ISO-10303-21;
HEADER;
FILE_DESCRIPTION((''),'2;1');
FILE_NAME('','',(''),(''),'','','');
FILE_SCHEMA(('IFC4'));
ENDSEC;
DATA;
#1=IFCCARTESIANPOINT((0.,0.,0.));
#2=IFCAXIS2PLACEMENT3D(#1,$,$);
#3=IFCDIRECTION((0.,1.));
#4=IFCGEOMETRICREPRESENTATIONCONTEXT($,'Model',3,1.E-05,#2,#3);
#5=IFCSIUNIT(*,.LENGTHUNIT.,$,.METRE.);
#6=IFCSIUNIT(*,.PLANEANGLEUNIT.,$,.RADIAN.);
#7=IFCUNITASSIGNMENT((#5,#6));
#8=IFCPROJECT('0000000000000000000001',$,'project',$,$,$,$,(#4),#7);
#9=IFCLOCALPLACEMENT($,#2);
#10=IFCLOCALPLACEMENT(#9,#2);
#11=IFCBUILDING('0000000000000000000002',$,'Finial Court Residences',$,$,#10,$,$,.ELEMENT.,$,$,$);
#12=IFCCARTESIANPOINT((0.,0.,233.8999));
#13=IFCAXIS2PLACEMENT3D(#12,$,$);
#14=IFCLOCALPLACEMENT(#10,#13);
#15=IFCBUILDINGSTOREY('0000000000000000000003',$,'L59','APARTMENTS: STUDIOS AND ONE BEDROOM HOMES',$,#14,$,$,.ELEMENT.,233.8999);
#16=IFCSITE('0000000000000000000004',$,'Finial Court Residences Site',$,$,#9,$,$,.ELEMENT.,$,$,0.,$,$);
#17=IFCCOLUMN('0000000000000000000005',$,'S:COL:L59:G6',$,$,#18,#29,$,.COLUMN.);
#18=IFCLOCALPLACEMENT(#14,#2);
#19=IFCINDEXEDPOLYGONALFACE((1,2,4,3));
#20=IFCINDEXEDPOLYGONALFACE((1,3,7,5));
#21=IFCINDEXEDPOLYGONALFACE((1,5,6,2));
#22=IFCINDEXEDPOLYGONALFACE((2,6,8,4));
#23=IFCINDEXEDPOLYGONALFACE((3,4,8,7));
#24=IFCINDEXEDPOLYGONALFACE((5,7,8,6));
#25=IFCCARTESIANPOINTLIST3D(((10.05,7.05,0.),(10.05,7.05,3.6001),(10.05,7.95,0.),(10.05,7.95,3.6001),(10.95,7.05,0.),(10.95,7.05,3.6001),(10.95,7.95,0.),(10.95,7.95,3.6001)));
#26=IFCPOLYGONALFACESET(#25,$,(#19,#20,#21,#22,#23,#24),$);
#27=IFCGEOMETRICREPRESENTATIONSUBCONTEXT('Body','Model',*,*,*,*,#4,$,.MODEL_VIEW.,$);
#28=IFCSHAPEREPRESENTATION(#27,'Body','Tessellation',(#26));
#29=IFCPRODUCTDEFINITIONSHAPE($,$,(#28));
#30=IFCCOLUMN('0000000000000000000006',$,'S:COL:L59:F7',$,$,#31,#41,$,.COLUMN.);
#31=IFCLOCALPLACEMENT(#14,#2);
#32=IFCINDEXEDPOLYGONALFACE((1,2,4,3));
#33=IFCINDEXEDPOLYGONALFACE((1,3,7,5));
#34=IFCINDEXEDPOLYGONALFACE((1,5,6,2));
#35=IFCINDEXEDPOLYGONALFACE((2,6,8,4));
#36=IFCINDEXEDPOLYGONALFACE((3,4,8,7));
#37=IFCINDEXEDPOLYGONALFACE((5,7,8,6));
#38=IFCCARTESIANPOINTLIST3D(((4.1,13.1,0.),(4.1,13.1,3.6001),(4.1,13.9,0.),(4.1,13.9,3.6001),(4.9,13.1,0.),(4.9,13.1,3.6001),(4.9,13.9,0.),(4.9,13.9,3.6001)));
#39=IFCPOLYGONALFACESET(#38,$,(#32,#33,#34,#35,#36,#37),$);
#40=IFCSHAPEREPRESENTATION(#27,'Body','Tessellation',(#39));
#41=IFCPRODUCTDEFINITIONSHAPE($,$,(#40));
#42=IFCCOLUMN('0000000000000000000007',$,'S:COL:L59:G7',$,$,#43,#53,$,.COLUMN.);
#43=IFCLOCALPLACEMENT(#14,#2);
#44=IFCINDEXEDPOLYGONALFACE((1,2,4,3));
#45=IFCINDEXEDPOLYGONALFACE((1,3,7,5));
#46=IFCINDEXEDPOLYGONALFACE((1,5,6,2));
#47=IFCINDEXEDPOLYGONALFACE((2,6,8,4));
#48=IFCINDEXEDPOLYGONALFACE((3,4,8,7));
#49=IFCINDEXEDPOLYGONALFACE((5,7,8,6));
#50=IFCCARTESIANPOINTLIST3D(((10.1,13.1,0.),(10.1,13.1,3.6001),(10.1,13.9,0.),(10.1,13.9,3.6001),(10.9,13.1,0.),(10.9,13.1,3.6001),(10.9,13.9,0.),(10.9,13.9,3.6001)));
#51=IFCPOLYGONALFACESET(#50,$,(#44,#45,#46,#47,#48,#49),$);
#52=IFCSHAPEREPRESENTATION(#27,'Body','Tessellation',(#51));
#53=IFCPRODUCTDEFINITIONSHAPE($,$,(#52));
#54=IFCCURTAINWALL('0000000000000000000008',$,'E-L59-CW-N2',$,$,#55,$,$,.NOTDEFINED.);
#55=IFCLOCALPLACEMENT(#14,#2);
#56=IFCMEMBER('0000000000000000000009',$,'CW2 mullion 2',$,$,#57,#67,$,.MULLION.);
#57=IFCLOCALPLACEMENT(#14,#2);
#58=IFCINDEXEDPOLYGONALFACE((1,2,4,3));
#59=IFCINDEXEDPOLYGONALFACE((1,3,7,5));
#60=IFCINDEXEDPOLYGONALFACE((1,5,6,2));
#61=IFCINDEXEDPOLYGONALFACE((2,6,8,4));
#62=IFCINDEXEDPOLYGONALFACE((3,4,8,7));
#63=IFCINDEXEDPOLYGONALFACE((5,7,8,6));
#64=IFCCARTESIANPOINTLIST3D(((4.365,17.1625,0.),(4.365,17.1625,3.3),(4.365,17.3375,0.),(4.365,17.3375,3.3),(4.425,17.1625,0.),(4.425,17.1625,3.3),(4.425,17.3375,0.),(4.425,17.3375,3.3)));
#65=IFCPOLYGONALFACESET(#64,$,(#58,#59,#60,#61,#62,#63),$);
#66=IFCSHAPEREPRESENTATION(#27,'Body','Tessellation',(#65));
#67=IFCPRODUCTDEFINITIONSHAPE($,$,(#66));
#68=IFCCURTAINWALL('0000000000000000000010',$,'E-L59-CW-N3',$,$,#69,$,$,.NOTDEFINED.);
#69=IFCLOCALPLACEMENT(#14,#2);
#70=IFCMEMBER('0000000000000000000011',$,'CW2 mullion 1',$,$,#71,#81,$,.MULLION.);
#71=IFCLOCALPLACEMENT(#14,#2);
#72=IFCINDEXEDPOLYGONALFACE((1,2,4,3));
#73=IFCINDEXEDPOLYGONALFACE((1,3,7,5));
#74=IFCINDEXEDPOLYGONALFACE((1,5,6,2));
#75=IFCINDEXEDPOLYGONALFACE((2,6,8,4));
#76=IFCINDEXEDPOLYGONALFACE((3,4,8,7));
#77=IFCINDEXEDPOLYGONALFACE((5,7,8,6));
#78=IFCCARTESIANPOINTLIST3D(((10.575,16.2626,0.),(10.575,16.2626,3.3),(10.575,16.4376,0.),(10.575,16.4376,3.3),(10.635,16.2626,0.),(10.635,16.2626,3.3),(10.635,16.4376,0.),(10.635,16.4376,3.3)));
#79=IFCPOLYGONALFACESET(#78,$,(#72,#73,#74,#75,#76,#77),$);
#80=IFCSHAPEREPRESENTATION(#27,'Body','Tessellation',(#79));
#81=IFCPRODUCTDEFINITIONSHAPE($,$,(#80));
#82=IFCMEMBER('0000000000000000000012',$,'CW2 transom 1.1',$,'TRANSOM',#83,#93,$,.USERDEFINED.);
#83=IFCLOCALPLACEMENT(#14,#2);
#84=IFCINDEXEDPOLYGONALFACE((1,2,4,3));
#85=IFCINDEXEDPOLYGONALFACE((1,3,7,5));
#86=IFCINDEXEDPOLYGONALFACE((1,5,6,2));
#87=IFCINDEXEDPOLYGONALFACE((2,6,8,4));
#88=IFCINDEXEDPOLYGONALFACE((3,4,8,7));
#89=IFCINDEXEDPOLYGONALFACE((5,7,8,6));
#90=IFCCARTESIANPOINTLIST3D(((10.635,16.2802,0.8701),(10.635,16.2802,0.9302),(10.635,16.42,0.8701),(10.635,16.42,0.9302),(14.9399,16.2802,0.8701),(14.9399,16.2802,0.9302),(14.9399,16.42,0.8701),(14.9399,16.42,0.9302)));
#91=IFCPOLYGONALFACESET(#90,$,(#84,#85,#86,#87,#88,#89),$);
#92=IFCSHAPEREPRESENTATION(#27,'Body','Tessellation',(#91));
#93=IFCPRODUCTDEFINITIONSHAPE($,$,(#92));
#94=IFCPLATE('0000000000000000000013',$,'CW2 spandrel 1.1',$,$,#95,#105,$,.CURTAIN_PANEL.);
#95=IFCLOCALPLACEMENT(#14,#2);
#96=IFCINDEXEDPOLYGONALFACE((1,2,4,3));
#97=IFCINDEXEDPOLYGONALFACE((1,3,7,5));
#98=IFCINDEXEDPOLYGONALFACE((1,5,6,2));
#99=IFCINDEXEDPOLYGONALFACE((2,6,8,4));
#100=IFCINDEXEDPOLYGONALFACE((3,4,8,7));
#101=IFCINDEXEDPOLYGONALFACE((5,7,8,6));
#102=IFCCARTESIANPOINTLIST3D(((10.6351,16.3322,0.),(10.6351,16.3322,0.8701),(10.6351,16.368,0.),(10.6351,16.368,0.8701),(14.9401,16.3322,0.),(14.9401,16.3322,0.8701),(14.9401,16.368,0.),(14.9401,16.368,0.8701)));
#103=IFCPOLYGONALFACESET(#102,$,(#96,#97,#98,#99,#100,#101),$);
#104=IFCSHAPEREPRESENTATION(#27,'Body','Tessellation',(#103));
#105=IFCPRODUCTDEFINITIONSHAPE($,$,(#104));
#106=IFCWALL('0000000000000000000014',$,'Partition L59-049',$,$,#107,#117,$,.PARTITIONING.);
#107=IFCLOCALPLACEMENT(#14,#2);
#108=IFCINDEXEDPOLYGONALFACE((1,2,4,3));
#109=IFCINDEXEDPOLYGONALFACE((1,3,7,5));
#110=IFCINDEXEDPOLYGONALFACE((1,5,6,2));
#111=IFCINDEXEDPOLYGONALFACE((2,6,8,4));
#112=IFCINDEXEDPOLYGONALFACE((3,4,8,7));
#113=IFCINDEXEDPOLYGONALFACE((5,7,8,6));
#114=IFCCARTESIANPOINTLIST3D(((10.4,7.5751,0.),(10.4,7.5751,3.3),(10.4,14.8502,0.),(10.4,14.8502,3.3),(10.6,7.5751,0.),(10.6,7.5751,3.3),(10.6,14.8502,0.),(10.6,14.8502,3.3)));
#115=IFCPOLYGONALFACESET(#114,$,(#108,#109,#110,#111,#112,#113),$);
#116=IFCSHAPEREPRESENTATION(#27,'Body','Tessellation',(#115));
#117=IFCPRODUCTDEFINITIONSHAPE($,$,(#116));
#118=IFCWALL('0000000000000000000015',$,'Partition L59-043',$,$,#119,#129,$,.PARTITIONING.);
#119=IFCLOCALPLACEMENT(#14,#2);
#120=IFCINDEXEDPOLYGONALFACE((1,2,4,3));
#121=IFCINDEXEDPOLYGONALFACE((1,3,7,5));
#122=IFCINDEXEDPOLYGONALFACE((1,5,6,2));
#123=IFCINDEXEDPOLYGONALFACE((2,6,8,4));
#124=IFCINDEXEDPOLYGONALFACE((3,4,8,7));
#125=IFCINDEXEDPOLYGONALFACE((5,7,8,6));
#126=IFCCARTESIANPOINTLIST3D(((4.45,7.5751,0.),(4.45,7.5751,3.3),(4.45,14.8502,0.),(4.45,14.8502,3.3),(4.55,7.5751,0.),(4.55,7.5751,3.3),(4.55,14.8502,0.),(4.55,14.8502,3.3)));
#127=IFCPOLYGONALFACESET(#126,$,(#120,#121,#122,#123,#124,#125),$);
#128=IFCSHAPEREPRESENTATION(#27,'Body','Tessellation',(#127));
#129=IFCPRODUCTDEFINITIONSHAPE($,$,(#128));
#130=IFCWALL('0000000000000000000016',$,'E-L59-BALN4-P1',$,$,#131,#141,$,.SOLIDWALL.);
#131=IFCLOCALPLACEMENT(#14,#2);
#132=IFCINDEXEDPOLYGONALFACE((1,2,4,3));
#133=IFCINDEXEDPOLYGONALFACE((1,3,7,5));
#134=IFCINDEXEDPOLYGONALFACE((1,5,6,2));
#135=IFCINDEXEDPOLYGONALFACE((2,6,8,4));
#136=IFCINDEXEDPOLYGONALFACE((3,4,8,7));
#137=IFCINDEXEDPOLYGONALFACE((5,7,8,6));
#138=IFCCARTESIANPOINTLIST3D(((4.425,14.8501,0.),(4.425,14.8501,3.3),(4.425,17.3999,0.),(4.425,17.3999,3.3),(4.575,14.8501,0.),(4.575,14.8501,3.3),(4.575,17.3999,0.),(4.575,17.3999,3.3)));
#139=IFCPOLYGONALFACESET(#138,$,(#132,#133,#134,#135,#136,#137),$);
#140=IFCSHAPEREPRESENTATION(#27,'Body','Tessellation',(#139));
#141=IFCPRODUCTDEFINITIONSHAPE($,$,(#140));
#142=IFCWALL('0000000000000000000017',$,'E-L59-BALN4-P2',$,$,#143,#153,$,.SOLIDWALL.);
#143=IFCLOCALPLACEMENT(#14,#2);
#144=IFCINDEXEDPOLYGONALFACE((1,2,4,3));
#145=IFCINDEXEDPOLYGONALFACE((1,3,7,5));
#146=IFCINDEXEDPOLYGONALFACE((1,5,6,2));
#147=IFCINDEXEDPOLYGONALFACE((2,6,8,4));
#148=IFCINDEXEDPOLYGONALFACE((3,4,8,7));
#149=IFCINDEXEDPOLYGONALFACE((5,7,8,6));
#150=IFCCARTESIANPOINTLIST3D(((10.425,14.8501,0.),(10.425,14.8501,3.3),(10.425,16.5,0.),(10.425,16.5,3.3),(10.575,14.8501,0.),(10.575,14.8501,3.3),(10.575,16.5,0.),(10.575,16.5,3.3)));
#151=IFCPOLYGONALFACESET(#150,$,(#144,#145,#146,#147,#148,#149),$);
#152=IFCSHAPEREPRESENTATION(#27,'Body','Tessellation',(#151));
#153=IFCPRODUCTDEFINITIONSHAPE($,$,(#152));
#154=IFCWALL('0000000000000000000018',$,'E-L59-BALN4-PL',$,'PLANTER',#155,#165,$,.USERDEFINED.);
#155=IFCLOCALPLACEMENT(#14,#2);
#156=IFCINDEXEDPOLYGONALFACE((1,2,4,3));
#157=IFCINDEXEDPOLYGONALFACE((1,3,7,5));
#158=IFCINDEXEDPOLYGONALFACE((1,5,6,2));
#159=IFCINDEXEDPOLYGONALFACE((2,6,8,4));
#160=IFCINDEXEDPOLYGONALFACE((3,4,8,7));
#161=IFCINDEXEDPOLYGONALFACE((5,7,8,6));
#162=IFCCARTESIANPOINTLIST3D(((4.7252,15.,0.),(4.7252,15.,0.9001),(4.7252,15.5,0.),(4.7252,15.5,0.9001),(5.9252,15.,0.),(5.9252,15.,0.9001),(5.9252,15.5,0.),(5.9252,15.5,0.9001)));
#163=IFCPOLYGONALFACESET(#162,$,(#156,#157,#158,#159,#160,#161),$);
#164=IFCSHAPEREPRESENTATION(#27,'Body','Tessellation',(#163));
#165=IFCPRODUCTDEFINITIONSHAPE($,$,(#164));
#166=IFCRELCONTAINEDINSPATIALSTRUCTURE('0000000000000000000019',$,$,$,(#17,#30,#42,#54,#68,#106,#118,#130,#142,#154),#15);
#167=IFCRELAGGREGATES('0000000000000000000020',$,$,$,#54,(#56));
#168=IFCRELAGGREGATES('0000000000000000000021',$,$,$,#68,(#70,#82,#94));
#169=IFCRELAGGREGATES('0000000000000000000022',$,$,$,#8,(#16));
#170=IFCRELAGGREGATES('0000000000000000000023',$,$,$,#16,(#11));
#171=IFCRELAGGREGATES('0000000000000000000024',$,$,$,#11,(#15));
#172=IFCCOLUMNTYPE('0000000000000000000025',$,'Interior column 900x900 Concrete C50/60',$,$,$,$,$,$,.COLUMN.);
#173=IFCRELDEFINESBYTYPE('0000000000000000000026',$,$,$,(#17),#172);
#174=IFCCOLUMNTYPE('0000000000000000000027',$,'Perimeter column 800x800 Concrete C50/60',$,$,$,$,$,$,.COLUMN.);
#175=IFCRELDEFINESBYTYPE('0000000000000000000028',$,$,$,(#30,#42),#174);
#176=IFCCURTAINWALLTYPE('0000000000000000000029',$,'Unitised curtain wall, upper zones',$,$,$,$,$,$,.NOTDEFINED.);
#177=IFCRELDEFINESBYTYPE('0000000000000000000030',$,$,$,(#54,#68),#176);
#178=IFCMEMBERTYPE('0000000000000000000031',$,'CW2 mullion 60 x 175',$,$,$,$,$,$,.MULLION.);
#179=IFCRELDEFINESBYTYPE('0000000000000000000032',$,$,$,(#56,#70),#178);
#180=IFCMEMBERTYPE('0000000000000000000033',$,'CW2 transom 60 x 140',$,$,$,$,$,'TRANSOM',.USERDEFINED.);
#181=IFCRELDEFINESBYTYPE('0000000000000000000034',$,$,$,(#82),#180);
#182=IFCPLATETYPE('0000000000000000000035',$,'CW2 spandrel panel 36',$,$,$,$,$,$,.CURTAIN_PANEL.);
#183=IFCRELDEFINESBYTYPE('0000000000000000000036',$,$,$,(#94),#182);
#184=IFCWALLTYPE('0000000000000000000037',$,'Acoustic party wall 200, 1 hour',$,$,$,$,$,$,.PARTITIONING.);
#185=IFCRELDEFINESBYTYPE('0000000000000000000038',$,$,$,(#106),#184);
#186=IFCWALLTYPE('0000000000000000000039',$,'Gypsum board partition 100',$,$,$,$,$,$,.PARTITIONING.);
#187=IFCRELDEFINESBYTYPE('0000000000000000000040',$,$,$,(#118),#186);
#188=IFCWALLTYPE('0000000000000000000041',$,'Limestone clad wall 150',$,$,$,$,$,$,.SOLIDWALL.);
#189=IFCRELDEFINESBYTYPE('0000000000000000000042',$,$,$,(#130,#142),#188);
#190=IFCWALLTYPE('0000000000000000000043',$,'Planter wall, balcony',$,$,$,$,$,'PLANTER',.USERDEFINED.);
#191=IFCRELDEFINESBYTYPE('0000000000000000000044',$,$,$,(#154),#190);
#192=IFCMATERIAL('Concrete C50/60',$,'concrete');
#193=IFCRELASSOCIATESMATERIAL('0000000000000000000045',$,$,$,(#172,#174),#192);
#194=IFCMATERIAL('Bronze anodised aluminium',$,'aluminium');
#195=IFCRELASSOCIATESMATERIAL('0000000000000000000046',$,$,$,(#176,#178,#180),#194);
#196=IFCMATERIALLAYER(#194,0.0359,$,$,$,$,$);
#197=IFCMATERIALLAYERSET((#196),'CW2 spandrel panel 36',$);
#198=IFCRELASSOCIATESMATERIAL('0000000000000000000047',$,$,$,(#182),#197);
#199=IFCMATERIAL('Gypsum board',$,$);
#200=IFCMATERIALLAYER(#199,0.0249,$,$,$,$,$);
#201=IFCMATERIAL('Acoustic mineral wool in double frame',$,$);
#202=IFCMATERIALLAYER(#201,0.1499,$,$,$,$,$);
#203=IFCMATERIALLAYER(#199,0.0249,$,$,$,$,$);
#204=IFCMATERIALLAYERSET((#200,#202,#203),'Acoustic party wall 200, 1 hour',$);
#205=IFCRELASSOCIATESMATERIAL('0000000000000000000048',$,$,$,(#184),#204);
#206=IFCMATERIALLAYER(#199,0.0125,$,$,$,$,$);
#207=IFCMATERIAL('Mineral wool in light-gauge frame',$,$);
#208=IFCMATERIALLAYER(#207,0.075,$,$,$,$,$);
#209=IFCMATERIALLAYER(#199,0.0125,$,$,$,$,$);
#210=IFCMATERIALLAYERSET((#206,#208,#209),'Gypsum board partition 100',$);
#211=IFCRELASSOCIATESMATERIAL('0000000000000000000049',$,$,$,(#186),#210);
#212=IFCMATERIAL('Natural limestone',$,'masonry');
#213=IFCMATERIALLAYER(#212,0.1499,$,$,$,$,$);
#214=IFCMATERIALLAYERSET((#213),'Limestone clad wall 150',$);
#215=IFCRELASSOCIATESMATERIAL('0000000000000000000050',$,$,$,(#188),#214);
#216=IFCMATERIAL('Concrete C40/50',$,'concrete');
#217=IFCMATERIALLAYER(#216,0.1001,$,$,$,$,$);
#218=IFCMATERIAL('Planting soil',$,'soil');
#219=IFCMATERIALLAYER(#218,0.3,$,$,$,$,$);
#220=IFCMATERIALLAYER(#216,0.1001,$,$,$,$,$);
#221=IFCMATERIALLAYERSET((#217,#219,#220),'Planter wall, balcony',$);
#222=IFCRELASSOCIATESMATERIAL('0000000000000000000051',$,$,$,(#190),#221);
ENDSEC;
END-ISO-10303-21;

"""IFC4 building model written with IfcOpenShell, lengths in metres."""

from ifc_helpers import new_model, si_unit, direction, frame, frame_2d, origin, origin_2d, place, context, subcontext, project, spatial, rectangle, extrude, material, layer, layer_set, material_profile, profile_set, type_object, element, aggregate, save


model = new_model("IFC4")

# Units and contexts
model_context = context("Model", 3, precision=1e-05, world=origin(), true_north=direction((0.0, 1.0)))
body_context = subcontext(model_context, "Body", "Model", "MODEL_VIEW")
ifc_project = project(units=[si_unit("LENGTHUNIT", "METRE"), si_unit("PLANEANGLEUNIT", "RADIAN")], contexts=[model_context])

# Site, building, storey
site_placement = place(None, origin())
site = spatial("IfcSite", under=ifc_project, at=site_placement, Name="Finial Court Residences Site", CompositionType="ELEMENT", RefElevation=0.0)
building_placement = place(site_placement, origin())
building = spatial("IfcBuilding", under=site, at=building_placement, Name="Finial Court Residences", CompositionType="ELEMENT")
storey_placement = place(building_placement, frame((0.0, 0.0, 233.8999)))
storey = spatial("IfcBuildingStorey", under=building, at=storey_placement, Name="L59", Description="APARTMENTS: STUDIOS AND ONE BEDROOM HOMES", CompositionType="ELEMENT", Elevation=233.8999)

# Columns
ifc_material_1 = material(Name="Concrete C50/60", Category="concrete")
ifc_material_profile_1 = material_profile(ifc_material_1, rectangle(XDim=0.8999, YDim=0.8999, at=origin_2d()), Name="900x900")
ifc_profile_set_1 = profile_set([ifc_material_profile_1], Name="Concrete C50/60")
column_type_1 = type_object("IfcColumnType", Name="Interior column 900x900 Concrete C50/60", PredefinedType="COLUMN", material=ifc_profile_set_1)
column_placement = place(storey_placement, frame((10.5, 7.5, 0.0), z_axis=(0.0, 0.0, 1.0), x_axis=(1.0, 0.0, 0.0)))
element("IfcColumn", 1, at=column_placement, inside=storey, type_object=column_type_1, Name="S:COL:L59:G6", PredefinedType="COLUMN", context=body_context, shape_type="SweptSolid", body=[
    extrude(rectangle(XDim=0.8999, YDim=0.8999, at=origin_2d()), origin(), (0.0, 0.0, 1.0), 3.6001),
])
ifc_material_profile_2 = material_profile(ifc_material_1, rectangle(XDim=0.8, YDim=0.8, at=origin_2d()), Name="800x800")
ifc_profile_set_2 = profile_set([ifc_material_profile_2], Name="Concrete C50/60")
column_type_2 = type_object("IfcColumnType", Name="Perimeter column 800x800 Concrete C50/60", PredefinedType="COLUMN", material=ifc_profile_set_2)
for number, where, z_axis, x_axis, name in (
    (2, (4.5, 13.5, 0.0), (0.0, 0.0, 1.0), (1.0, 0.0, 0.0), "S:COL:L59:F7"),
    (3, (10.5, 13.5, 0.0), (0.0, 0.0, 1.0), (1.0, 0.0, 0.0), "S:COL:L59:G7"),
):
    element("IfcColumn", number, at=place(storey_placement, frame(where, z_axis=z_axis, x_axis=x_axis)), inside=storey, type_object=column_type_2, Name=name, PredefinedType="COLUMN", context=body_context, shape_type="SweptSolid", body=[
        extrude(rectangle(XDim=0.8, YDim=0.8, at=origin_2d()), origin(), (0.0, 0.0, 1.0), 3.6001),
    ])

# Curtain wall, member
ifc_material_2 = material(Name="Bronze anodised aluminium", Category="aluminium")
curtain_wall_type = type_object("IfcCurtainWallType", Name="Unitised curtain wall, upper zones", PredefinedType="NOTDEFINED", material=ifc_material_2)
curtain_wall_1_placement = place(storey_placement, origin())
curtain_wall_1 = element("IfcCurtainWall", 4, at=curtain_wall_1_placement, inside=storey, type_object=curtain_wall_type, Name="E-L59-CW-N2", PredefinedType="NOTDEFINED")
ifc_material_profile_3 = material_profile(ifc_material_2, rectangle(XDim=0.175, YDim=0.0601, at=origin_2d()), Name="CW2 mullion 60 x 175")
ifc_profile_set_3 = profile_set([ifc_material_profile_3], Name="Bronze anodised aluminium")
member_type_1 = type_object("IfcMemberType", Name="CW2 mullion 60 x 175", PredefinedType="MULLION", material=ifc_profile_set_3)
member_1_placement = place(storey_placement, frame((4.395, 17.25, 0.0), z_axis=(0.0, 0.0, 1.0), x_axis=(0.0, 1.0, 0.0)))
member_1 = element("IfcMember", 5, at=member_1_placement, type_object=member_type_1, Name="CW2 mullion 2", PredefinedType="MULLION", context=body_context, shape_type="SweptSolid", body=[
    extrude(rectangle(XDim=0.175, YDim=0.0601, at=origin_2d()), origin(), (0.0, 0.0, 1.0), 3.3),
])
aggregate(curtain_wall_1, [member_1])

# Curtain wall, members, plate
curtain_wall_2_placement = place(storey_placement, origin())
curtain_wall_2 = element("IfcCurtainWall", 6, at=curtain_wall_2_placement, inside=storey, type_object=curtain_wall_type, Name="E-L59-CW-N3", PredefinedType="NOTDEFINED")
member_2_placement = place(storey_placement, frame((10.605, 16.3501, 0.0), z_axis=(0.0, 0.0, 1.0), x_axis=(0.0, 1.0, 0.0)))
member_2 = element("IfcMember", 7, at=member_2_placement, type_object=member_type_1, Name="CW2 mullion 1", PredefinedType="MULLION", context=body_context, shape_type="SweptSolid", body=[
    extrude(rectangle(XDim=0.175, YDim=0.0601, at=origin_2d()), origin(), (0.0, 0.0, 1.0), 3.3),
])
ifc_material_profile_4 = material_profile(ifc_material_2, rectangle(XDim=0.1399, YDim=0.0601, at=origin_2d()), Name="CW2 transom 60 x 140")
ifc_profile_set_4 = profile_set([ifc_material_profile_4], Name="Bronze anodised aluminium")
member_type_2 = type_object("IfcMemberType", Name="CW2 transom 60 x 140", ElementType="TRANSOM", PredefinedType="USERDEFINED", material=ifc_profile_set_4)
member_3_placement = place(storey_placement, frame((10.635, 16.3501, 0.9001), z_axis=(1.0, 0.0, 0.0), x_axis=(0.0, 1.0, 0.0)))
member_3 = element("IfcMember", 8, at=member_3_placement, type_object=member_type_2, Name="CW2 transom 1.1", ObjectType="TRANSOM", PredefinedType="USERDEFINED", context=body_context, shape_type="SweptSolid", body=[
    extrude(rectangle(XDim=0.1399, YDim=0.0601, at=origin_2d()), origin(), (0.0, 0.0, 1.0), 4.3049),
])
ifc_layer_1 = layer(ifc_material_2, 0.0359)
ifc_layer_set_1 = layer_set([ifc_layer_1], Name="CW2 spandrel panel 36")
plate_type = type_object("IfcPlateType", Name="CW2 spandrel panel 36", PredefinedType="CURTAIN_PANEL", material=ifc_layer_set_1)
plate_placement = place(storey_placement, frame((12.7876, 16.3501, 0.0), z_axis=(0.0, 0.0, 1.0), x_axis=(1.0, 0.0, 0.0)))
plate = element("IfcPlate", 9, at=plate_placement, type_object=plate_type, Name="CW2 spandrel 1.1", PredefinedType="CURTAIN_PANEL", context=body_context, shape_type="SweptSolid", body=[
    extrude(rectangle(XDim=4.3049, YDim=0.0359, at=origin_2d()), origin(), (0.0, 0.0, 1.0), 0.8701),
])
aggregate(curtain_wall_2, [member_2, member_3, plate])

# Walls
ifc_material_3 = material(Name="Gypsum board")
ifc_layer_2 = layer(ifc_material_3, 0.0249)
ifc_material_4 = material(Name="Acoustic mineral wool in double frame")
ifc_layer_3 = layer(ifc_material_4, 0.1499)
ifc_layer_4 = layer(ifc_material_3, 0.0249)
ifc_layer_set_2 = layer_set([ifc_layer_2, ifc_layer_3, ifc_layer_4], Name="Acoustic party wall 200, 1 hour")
wall_type_1 = type_object("IfcWallType", Name="Acoustic party wall 200, 1 hour", PredefinedType="PARTITIONING", material=ifc_layer_set_2)
wall_1_placement = place(storey_placement, frame((10.5, 7.575, 0.0), z_axis=(0.0, 0.0, 1.0), x_axis=(0.0, 1.0, 0.0)))
element("IfcWall", 10, at=wall_1_placement, inside=storey, type_object=wall_type_1, Name="Partition L59-049", PredefinedType="PARTITIONING", context=body_context, shape_type="SweptSolid", body=[
    extrude(rectangle(XDim=7.2751, YDim=0.2, at=frame_2d((3.6377, 0.0))), origin(), (0.0, 0.0, 1.0), 3.3),
])
ifc_layer_5 = layer(ifc_material_3, 0.0125)
ifc_material_5 = material(Name="Mineral wool in light-gauge frame")
ifc_layer_6 = layer(ifc_material_5, 0.075)
ifc_layer_7 = layer(ifc_material_3, 0.0125)
ifc_layer_set_3 = layer_set([ifc_layer_5, ifc_layer_6, ifc_layer_7], Name="Gypsum board partition 100")
wall_type_2 = type_object("IfcWallType", Name="Gypsum board partition 100", PredefinedType="PARTITIONING", material=ifc_layer_set_3)
wall_2_placement = place(storey_placement, frame((4.5, 7.575, 0.0), z_axis=(0.0, 0.0, 1.0), x_axis=(0.0, 1.0, 0.0)))
element("IfcWall", 11, at=wall_2_placement, inside=storey, type_object=wall_type_2, Name="Partition L59-043", PredefinedType="PARTITIONING", context=body_context, shape_type="SweptSolid", body=[
    extrude(rectangle(XDim=7.2751, YDim=0.1001, at=frame_2d((3.6377, 0.0))), origin(), (0.0, 0.0, 1.0), 3.3),
])
ifc_material_6 = material(Name="Natural limestone", Category="masonry")
ifc_layer_8 = layer(ifc_material_6, 0.1499)
ifc_layer_set_4 = layer_set([ifc_layer_8], Name="Limestone clad wall 150")
wall_type_3 = type_object("IfcWallType", Name="Limestone clad wall 150", PredefinedType="SOLIDWALL", material=ifc_layer_set_4)
wall_3_placement = place(storey_placement, frame((4.5, 14.8501, 0.0), z_axis=(0.0, 0.0, 1.0), x_axis=(0.0, 1.0, 0.0)))
element("IfcWall", 12, at=wall_3_placement, inside=storey, type_object=wall_type_3, Name="E-L59-BALN4-P1", PredefinedType="SOLIDWALL", context=body_context, shape_type="SweptSolid", body=[
    extrude(rectangle(XDim=2.5498, YDim=0.1499, at=frame_2d((1.2749, 0.0))), origin(), (0.0, 0.0, 1.0), 3.3),
])
wall_4_placement = place(storey_placement, frame((10.5, 14.8501, 0.0), z_axis=(0.0, 0.0, 1.0), x_axis=(0.0, 1.0, 0.0)))
element("IfcWall", 13, at=wall_4_placement, inside=storey, type_object=wall_type_3, Name="E-L59-BALN4-P2", PredefinedType="SOLIDWALL", context=body_context, shape_type="SweptSolid", body=[
    extrude(rectangle(XDim=1.6499, YDim=0.1499, at=frame_2d((0.825, 0.0))), origin(), (0.0, 0.0, 1.0), 3.3),
])

# Wall
ifc_material_7 = material(Name="Concrete C40/50", Category="concrete")
ifc_layer_9 = layer(ifc_material_7, 0.1001)
ifc_material_8 = material(Name="Planting soil", Category="soil")
ifc_layer_10 = layer(ifc_material_8, 0.3)
ifc_layer_11 = layer(ifc_material_7, 0.1001)
ifc_layer_set_5 = layer_set([ifc_layer_9, ifc_layer_10, ifc_layer_11], Name="Planter wall, balcony")
wall_type_4 = type_object("IfcWallType", Name="Planter wall, balcony", ElementType="PLANTER", PredefinedType="USERDEFINED", material=ifc_layer_set_5)
wall_5_placement = place(storey_placement, frame((4.7251, 15.25, 0.0), z_axis=(0.0, 0.0, 1.0), x_axis=(1.0, 0.0, 0.0)))
element("IfcWall", 14, at=wall_5_placement, inside=storey, type_object=wall_type_4, Name="E-L59-BALN4-PL", ObjectType="PLANTER", PredefinedType="USERDEFINED", context=body_context, shape_type="SweptSolid", body=[
    extrude(rectangle(XDim=1.2, YDim=0.5, at=frame_2d((0.6001, 0.0))), origin(), (0.0, 0.0, 1.0), 0.9001),
])

save(model, "model.ifc")
